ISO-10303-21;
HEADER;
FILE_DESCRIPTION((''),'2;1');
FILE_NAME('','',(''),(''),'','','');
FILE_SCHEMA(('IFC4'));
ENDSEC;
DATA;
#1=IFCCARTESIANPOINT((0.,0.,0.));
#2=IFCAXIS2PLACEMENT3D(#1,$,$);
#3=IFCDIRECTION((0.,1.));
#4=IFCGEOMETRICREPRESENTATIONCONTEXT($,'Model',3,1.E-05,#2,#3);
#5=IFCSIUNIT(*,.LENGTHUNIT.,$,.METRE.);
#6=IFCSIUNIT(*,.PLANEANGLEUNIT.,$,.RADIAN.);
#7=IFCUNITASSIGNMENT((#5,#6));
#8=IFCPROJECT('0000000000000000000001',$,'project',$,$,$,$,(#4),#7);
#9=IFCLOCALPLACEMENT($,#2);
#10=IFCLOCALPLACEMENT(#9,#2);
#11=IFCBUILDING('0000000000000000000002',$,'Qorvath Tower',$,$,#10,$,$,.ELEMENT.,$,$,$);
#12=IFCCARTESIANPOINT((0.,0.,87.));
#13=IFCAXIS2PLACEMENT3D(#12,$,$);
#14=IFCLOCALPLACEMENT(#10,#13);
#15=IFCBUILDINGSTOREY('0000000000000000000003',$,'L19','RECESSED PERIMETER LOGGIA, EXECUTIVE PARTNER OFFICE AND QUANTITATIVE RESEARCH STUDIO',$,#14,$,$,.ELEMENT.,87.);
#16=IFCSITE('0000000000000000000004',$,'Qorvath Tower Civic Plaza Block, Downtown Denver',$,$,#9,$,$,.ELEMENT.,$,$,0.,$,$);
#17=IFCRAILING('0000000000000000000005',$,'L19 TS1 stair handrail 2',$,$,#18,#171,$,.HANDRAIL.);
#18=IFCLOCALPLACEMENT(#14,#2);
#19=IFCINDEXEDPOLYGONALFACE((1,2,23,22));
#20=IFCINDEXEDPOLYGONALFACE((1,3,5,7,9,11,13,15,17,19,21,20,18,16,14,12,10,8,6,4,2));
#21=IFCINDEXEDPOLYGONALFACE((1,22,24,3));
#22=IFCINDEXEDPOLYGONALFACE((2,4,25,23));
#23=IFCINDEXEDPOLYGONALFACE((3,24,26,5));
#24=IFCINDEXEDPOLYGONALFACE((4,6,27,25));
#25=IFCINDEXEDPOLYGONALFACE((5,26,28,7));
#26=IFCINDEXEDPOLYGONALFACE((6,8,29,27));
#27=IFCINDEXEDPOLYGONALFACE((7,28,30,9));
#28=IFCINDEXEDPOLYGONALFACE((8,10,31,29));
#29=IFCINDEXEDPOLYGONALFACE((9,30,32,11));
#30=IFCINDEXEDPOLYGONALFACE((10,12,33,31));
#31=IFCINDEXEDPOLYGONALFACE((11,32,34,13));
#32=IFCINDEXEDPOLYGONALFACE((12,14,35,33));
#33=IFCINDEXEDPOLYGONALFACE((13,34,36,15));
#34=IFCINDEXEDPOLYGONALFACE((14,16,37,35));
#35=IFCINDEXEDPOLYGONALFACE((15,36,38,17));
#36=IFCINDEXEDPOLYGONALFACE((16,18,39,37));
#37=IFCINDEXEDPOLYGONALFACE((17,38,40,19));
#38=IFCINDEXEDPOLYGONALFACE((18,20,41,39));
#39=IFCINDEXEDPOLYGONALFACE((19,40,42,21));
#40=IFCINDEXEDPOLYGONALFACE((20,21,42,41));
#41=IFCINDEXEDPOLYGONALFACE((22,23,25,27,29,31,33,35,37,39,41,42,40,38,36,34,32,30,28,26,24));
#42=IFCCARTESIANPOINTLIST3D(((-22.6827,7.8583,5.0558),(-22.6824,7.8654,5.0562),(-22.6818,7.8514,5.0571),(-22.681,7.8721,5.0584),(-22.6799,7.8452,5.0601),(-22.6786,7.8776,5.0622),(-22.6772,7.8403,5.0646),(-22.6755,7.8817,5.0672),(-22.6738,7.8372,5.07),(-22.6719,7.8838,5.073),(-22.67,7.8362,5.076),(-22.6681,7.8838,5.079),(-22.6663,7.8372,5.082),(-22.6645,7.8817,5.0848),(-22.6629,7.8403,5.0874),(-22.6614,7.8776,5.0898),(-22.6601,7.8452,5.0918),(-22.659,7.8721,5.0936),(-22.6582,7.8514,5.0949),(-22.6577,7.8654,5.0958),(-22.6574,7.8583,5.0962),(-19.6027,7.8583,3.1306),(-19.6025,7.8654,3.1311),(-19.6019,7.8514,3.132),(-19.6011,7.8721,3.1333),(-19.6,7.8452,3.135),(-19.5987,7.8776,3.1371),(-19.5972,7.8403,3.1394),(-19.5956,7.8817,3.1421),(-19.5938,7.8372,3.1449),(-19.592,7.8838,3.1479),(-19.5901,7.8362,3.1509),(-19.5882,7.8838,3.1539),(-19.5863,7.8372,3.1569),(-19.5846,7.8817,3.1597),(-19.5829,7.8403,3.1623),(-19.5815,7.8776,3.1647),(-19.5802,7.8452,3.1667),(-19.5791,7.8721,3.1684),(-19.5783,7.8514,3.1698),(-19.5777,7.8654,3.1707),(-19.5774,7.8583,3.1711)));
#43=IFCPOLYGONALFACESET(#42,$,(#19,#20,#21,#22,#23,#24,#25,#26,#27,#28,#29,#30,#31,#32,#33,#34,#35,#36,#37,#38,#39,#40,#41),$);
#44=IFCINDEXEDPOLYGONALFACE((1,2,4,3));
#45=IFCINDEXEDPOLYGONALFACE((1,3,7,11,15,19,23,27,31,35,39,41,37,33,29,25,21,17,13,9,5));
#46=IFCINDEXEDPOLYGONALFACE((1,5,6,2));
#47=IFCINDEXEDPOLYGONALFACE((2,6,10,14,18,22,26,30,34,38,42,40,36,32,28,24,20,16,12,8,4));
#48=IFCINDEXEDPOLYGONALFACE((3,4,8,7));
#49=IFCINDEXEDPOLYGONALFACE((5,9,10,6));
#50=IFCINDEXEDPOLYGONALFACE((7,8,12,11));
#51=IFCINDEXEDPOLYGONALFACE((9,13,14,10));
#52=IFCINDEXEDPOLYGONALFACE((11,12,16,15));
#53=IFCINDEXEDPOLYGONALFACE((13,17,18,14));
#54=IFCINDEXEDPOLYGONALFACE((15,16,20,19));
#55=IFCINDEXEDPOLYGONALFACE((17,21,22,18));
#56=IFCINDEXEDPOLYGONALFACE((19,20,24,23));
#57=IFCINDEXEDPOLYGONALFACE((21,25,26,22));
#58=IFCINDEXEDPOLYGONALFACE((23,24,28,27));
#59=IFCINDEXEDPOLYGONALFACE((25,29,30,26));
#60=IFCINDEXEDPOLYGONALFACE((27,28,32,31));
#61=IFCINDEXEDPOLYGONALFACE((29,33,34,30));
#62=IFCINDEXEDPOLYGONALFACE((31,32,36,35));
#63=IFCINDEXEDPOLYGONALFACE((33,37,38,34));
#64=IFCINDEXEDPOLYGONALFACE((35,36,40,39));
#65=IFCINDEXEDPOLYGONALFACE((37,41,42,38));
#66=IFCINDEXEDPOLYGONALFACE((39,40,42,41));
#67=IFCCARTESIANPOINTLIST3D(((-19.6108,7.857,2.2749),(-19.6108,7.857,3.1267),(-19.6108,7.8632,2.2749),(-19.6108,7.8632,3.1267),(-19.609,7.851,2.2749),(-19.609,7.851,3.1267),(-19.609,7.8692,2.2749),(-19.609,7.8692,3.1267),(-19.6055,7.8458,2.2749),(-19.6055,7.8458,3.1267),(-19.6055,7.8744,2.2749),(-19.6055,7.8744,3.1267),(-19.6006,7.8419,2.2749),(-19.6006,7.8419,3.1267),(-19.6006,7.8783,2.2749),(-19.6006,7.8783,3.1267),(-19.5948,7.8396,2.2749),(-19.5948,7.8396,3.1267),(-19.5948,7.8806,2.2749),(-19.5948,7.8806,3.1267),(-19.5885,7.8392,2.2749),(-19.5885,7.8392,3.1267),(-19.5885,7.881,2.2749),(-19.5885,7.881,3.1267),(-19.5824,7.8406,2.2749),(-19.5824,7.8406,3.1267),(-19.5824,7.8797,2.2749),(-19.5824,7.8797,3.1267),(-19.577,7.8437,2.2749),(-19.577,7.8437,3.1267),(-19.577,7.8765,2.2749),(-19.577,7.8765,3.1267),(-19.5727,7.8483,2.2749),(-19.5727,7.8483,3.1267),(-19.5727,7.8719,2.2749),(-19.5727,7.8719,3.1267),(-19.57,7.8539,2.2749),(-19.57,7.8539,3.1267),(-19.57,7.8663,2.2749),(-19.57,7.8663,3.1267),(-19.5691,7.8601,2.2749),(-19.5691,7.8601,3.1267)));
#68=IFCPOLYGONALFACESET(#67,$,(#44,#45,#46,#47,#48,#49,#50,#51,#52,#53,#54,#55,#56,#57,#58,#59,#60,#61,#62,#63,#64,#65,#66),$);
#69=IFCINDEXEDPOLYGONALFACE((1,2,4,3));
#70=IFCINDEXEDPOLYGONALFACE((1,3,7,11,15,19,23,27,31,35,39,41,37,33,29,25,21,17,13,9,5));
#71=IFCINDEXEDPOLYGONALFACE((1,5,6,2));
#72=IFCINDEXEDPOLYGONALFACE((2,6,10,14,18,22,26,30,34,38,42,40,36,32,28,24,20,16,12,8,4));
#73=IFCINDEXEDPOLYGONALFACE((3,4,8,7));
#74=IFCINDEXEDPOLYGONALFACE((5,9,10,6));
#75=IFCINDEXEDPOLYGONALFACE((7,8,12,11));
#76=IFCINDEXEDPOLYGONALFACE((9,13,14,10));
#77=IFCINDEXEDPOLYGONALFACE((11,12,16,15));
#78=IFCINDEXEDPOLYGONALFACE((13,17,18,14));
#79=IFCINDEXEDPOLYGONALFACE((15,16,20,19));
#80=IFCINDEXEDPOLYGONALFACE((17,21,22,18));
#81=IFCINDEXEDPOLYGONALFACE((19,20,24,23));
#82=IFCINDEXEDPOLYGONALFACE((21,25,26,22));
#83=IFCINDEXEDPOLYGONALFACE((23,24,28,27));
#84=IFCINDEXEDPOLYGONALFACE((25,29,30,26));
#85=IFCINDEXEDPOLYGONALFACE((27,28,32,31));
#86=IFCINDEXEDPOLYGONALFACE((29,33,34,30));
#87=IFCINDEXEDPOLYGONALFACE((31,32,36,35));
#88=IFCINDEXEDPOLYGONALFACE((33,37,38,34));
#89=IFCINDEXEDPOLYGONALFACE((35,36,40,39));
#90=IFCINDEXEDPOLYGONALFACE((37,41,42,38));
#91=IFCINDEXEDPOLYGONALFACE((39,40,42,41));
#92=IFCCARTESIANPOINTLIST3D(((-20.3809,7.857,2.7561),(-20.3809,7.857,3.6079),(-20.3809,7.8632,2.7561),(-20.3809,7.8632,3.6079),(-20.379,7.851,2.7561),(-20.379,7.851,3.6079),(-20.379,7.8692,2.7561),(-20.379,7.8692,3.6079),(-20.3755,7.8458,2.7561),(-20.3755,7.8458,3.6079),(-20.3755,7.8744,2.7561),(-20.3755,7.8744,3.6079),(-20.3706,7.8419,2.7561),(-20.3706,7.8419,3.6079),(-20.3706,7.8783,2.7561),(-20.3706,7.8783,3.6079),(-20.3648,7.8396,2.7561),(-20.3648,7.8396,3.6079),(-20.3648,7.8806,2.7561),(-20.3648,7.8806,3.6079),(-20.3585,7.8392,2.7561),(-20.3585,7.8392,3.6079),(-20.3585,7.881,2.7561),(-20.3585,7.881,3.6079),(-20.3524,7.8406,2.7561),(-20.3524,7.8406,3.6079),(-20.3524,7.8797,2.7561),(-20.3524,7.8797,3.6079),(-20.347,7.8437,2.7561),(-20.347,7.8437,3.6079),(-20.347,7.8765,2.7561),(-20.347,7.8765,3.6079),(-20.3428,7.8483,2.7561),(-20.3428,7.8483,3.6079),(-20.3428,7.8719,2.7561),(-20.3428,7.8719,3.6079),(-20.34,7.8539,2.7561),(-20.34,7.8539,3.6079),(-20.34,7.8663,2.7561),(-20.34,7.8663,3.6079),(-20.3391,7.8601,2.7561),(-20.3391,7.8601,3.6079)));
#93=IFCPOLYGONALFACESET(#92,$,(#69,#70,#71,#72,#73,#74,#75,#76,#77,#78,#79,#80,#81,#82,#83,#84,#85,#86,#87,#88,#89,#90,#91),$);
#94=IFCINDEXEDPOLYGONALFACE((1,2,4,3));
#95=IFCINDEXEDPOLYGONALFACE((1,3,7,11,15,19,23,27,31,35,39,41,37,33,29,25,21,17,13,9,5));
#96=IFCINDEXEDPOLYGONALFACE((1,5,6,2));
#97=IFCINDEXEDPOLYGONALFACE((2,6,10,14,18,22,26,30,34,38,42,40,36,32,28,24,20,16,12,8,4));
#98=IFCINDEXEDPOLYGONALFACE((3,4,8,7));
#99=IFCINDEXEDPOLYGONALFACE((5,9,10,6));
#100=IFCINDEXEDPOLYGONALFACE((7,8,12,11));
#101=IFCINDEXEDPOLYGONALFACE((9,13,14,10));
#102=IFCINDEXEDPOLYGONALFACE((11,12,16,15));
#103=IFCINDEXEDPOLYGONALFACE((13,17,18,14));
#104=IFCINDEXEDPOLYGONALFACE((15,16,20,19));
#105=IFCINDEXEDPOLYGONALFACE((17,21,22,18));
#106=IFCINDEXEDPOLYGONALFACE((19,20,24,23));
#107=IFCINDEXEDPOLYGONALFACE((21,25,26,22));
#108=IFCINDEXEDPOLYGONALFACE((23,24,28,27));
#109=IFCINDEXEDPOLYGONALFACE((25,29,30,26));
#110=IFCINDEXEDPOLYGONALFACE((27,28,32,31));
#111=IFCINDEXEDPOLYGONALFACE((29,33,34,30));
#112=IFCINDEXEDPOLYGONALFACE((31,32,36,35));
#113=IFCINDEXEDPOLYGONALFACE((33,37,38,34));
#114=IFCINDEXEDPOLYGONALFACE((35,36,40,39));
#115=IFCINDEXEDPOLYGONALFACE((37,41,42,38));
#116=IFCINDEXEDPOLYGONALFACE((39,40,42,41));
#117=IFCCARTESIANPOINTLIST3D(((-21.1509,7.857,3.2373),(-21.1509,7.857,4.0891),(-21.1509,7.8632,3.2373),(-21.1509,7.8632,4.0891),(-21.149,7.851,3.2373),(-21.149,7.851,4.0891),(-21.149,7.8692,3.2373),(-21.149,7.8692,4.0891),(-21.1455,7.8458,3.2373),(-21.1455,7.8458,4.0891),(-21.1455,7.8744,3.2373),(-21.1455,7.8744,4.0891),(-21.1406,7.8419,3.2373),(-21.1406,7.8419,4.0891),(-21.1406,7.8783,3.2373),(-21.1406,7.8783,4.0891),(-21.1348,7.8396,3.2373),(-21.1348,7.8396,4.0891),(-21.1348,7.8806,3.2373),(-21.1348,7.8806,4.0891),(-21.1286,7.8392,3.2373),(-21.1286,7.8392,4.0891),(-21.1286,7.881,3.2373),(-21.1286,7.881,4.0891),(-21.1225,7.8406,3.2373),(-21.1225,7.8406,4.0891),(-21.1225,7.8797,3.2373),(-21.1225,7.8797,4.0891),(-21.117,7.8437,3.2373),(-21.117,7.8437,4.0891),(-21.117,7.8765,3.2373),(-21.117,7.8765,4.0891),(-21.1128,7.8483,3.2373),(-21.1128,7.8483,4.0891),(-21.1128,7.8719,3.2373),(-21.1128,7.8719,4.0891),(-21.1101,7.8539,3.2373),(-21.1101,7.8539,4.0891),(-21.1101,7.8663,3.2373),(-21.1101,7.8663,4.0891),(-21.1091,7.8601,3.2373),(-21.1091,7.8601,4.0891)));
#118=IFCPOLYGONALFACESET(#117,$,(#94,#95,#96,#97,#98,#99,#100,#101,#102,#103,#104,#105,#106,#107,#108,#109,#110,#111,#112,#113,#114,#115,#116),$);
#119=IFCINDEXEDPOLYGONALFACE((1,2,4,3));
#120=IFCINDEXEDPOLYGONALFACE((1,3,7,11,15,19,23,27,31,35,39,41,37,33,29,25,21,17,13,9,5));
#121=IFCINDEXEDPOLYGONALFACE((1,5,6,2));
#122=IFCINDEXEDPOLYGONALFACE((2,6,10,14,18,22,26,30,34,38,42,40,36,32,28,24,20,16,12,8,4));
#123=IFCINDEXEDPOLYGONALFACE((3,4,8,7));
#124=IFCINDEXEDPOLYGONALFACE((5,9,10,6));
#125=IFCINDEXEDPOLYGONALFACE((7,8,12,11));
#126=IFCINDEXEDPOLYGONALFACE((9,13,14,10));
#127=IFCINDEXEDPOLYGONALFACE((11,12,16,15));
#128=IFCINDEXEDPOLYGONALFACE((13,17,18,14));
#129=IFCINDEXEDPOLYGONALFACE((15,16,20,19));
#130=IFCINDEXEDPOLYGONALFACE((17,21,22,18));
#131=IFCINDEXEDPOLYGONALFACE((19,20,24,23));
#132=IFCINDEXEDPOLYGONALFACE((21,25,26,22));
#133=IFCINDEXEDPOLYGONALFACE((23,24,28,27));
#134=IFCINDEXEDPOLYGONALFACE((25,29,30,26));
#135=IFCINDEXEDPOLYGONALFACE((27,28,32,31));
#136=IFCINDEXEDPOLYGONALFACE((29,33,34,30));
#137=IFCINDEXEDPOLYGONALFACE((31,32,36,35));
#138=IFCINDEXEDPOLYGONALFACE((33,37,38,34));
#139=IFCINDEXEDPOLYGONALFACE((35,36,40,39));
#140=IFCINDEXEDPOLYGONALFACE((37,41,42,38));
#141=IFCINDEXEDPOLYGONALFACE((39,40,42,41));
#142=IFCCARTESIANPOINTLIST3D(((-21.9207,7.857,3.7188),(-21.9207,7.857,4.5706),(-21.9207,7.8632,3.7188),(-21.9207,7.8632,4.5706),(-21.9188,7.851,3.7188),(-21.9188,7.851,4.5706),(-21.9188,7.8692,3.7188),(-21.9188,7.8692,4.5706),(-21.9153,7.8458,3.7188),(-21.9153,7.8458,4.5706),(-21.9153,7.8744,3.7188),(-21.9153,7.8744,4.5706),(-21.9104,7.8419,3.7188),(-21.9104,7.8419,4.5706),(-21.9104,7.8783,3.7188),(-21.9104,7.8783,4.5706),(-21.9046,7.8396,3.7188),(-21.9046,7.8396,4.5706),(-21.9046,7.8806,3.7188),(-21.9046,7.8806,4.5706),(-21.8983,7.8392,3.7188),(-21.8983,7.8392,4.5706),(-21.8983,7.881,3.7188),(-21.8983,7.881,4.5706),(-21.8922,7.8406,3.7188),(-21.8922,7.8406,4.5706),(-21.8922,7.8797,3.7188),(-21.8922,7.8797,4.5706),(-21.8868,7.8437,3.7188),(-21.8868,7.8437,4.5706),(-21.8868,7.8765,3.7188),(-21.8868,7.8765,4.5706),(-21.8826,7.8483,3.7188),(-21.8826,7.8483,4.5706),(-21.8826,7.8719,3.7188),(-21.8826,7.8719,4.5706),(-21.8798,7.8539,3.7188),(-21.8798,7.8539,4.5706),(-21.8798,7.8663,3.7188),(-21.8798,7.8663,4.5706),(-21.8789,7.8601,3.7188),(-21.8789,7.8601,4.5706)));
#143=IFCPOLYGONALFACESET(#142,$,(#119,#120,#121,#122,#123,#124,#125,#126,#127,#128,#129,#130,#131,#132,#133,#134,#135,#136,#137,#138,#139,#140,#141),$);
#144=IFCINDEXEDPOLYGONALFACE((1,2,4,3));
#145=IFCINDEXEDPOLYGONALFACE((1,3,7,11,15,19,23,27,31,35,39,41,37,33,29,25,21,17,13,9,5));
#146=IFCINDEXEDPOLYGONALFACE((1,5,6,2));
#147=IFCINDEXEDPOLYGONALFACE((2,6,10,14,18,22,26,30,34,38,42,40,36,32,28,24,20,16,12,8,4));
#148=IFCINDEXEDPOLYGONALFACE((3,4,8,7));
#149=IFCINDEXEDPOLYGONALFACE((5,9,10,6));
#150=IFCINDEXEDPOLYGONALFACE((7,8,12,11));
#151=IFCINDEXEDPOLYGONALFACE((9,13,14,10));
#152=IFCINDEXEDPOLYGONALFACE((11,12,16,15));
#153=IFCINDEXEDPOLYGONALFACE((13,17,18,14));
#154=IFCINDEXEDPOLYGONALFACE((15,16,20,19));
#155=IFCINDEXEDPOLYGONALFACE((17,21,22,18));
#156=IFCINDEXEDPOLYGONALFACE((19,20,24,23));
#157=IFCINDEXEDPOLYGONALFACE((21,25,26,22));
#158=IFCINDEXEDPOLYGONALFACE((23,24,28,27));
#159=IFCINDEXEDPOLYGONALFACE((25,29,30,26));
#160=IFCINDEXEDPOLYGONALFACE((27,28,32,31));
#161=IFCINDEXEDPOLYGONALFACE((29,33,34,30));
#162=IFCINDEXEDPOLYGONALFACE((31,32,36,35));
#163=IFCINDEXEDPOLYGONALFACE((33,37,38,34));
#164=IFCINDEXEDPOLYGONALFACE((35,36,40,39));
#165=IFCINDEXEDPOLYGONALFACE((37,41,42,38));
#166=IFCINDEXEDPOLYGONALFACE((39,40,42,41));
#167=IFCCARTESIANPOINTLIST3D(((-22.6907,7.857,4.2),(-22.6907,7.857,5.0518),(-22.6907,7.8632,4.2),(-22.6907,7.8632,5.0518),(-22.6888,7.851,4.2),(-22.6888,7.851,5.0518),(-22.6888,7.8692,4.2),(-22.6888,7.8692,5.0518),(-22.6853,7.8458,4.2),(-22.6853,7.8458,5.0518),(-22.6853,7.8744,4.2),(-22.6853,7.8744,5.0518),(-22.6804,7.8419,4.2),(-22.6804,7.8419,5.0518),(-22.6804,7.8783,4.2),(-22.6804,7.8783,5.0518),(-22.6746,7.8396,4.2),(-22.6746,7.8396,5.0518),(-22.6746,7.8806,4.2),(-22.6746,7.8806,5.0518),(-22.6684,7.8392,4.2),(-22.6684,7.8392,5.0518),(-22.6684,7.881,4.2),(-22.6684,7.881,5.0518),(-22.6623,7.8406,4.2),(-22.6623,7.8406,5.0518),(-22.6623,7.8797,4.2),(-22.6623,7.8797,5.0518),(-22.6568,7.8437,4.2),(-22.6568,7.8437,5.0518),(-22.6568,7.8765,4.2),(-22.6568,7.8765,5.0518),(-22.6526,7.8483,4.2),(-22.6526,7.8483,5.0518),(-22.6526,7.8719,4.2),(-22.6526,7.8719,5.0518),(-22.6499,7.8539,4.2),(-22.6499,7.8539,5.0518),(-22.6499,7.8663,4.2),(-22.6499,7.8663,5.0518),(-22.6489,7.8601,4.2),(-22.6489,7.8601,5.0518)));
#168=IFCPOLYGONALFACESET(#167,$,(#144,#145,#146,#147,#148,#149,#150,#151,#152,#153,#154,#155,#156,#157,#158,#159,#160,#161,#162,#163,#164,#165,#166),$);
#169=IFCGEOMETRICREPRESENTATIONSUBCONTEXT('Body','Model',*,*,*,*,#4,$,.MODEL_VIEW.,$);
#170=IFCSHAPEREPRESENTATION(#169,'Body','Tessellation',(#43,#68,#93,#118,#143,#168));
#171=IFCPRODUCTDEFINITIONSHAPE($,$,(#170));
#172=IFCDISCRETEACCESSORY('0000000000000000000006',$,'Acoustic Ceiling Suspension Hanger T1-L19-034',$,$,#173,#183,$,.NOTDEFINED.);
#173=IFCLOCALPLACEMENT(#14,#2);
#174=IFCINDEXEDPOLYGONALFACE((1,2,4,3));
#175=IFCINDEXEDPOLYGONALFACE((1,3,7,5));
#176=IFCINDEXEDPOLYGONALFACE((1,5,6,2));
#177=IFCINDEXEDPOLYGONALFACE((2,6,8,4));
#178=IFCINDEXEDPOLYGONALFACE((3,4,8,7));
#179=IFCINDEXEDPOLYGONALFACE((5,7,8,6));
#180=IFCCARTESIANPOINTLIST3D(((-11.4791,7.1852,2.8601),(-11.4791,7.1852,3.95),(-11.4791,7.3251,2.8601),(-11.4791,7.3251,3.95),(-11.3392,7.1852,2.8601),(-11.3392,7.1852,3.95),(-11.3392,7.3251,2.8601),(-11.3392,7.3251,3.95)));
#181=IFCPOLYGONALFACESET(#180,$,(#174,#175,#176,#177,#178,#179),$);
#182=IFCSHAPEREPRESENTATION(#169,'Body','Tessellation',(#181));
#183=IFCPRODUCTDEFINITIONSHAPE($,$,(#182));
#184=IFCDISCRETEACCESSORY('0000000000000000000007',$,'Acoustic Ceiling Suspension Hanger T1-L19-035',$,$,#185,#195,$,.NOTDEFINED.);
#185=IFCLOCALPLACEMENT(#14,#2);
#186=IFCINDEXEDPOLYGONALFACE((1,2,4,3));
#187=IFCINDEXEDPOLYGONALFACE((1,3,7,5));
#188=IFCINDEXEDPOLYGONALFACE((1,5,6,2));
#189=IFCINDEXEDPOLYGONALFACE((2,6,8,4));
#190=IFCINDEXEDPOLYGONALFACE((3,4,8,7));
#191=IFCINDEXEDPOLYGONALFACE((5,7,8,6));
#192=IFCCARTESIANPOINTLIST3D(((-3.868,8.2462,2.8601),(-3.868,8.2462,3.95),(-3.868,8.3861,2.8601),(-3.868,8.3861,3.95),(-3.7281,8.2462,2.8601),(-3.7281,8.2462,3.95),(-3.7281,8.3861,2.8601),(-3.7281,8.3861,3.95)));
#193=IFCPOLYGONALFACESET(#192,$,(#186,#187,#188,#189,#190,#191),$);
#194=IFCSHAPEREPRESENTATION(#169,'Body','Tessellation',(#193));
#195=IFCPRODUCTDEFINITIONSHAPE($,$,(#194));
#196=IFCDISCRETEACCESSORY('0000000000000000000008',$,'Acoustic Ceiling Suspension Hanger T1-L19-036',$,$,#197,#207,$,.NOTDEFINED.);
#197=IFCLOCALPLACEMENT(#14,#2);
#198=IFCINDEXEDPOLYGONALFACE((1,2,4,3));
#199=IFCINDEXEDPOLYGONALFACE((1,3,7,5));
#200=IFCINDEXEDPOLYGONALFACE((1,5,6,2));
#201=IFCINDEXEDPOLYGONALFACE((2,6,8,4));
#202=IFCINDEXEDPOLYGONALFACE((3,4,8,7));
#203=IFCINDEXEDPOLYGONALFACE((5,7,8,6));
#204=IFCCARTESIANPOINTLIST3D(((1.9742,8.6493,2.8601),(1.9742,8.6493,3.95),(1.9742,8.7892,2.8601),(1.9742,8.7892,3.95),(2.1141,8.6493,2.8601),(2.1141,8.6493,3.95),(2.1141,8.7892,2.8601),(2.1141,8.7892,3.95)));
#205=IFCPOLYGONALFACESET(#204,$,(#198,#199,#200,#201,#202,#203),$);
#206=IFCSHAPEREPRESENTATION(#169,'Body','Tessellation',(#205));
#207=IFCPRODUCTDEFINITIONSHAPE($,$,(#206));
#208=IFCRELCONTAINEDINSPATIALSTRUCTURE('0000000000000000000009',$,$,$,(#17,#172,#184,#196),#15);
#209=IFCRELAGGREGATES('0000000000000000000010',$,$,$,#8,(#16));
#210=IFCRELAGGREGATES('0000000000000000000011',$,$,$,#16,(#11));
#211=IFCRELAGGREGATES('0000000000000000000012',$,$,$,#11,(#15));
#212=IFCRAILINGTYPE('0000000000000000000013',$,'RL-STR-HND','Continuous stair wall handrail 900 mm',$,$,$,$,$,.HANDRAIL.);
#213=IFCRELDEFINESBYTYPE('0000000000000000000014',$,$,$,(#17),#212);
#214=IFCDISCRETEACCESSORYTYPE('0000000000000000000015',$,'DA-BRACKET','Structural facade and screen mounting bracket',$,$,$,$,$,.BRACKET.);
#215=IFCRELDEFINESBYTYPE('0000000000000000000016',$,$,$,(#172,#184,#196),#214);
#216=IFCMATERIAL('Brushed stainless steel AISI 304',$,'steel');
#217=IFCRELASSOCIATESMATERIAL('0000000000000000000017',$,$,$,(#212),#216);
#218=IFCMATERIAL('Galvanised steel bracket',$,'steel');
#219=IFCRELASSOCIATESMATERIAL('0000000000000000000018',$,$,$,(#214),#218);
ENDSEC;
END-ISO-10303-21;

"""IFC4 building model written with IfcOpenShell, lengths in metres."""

from ifc_helpers import new_model, si_unit, direction, frame, origin, origin_2d, place, context, subcontext, project, spatial, rectangle, circle, extrude, material, type_object, element, save


model = new_model("IFC4")

# Units and contexts
model_context = context("Model", 3, precision=1e-05, world=origin(), true_north=direction((0.0, 1.0)))
body_context = subcontext(model_context, "Body", "Model", "MODEL_VIEW")
ifc_project = project(units=[si_unit("LENGTHUNIT", "METRE"), si_unit("PLANEANGLEUNIT", "RADIAN")], contexts=[model_context])

# Site, building, storey
site_placement = place(None, origin())
site = spatial("IfcSite", under=ifc_project, at=site_placement, Name="Qorvath Tower Civic Plaza Block, Downtown Denver", CompositionType="ELEMENT", RefElevation=0.0)
building_placement = place(site_placement, origin())
building = spatial("IfcBuilding", under=site, at=building_placement, Name="Qorvath Tower", CompositionType="ELEMENT")
storey_placement = place(building_placement, frame((0.0, 0.0, 87.0)))
storey = spatial("IfcBuildingStorey", under=building, at=storey_placement, Name="L19", Description="RECESSED PERIMETER LOGGIA, EXECUTIVE PARTNER OFFICE AND QUANTITATIVE RESEARCH STUDIO", CompositionType="ELEMENT", Elevation=87.0)

# Railing
ifc_material_1 = material(Name="Brushed stainless steel AISI 304", Category="steel")
railing_type_1 = type_object("IfcRailingType", Name="RL-STR-HND", Description="Continuous stair wall handrail 900 mm", PredefinedType="HANDRAIL", material=ifc_material_1)
railing_1_placement = place(storey_placement, frame((-19.5901, 7.8601, 2.2749)))
element("IfcRailing", 1, at=railing_1_placement, inside=storey, type_object=railing_type_1, Name="L19 TS1 stair handrail 2", PredefinedType="HANDRAIL", context=body_context, shape_type="SweptSolid", body=[
    extrude(circle(Radius=0.0239, at=origin_2d()), frame((0.0, 0.0, 0.876), z_axis=(-0.847979, 0.0, 0.530029), x_axis=(0.0, -1.0, 0.0)), (0.0, 0.0, 1.0), 3.6321),
    extrude(circle(Radius=0.021, at=origin_2d()), origin(), (0.0, 0.0, 1.0), 0.8518),
    extrude(circle(Radius=0.021, at=origin_2d()), frame((-0.77, 0.0, 0.4812)), (0.0, 0.0, 1.0), 0.8518),
    extrude(circle(Radius=0.021, at=origin_2d()), frame((-1.54, 0.0, 0.9624)), (0.0, 0.0, 1.0), 0.8518),
    extrude(circle(Radius=0.021, at=origin_2d()), frame((-2.3098, 0.0, 1.4438)), (0.0, 0.0, 1.0), 0.8518),
    extrude(circle(Radius=0.021, at=origin_2d()), frame((-3.0798, 0.0, 1.925)), (0.0, 0.0, 1.0), 0.8518),
])

# Discrete accessories
ifc_material_2 = material(Name="Galvanised steel bracket", Category="steel")
discrete_accessory_type = type_object("IfcDiscreteAccessoryType", Name="DA-BRACKET", Description="Structural facade and screen mounting bracket", PredefinedType="BRACKET", material=ifc_material_2)
for number, where, z_axis, x_axis, name in (
    (2, (-11.4092, 7.2551, 2.8601), (0.0, 0.0, 1.0), (1.0, 0.0, 0.0), "Acoustic Ceiling Suspension Hanger T1-L19-034"),
    (3, (-3.7981, 8.3162, 2.8601), (0.0, 0.0, 1.0), (1.0, 0.0, 0.0), "Acoustic Ceiling Suspension Hanger T1-L19-035"),
    (4, (2.0442, 8.7192, 2.8601), (0.0, 0.0, 1.0), (1.0, 0.0, 0.0), "Acoustic Ceiling Suspension Hanger T1-L19-036"),
):
    element("IfcDiscreteAccessory", number, at=place(storey_placement, frame(where, z_axis=z_axis, x_axis=x_axis)), inside=storey, type_object=discrete_accessory_type, Name=name, PredefinedType="NOTDEFINED", context=body_context, shape_type="SweptSolid", body=[
        extrude(rectangle(XDim=0.1399, YDim=0.1399, at=origin_2d()), origin(), (0.0, 0.0, 1.0), 1.0898),
    ])

save(model, "model.ifc")
